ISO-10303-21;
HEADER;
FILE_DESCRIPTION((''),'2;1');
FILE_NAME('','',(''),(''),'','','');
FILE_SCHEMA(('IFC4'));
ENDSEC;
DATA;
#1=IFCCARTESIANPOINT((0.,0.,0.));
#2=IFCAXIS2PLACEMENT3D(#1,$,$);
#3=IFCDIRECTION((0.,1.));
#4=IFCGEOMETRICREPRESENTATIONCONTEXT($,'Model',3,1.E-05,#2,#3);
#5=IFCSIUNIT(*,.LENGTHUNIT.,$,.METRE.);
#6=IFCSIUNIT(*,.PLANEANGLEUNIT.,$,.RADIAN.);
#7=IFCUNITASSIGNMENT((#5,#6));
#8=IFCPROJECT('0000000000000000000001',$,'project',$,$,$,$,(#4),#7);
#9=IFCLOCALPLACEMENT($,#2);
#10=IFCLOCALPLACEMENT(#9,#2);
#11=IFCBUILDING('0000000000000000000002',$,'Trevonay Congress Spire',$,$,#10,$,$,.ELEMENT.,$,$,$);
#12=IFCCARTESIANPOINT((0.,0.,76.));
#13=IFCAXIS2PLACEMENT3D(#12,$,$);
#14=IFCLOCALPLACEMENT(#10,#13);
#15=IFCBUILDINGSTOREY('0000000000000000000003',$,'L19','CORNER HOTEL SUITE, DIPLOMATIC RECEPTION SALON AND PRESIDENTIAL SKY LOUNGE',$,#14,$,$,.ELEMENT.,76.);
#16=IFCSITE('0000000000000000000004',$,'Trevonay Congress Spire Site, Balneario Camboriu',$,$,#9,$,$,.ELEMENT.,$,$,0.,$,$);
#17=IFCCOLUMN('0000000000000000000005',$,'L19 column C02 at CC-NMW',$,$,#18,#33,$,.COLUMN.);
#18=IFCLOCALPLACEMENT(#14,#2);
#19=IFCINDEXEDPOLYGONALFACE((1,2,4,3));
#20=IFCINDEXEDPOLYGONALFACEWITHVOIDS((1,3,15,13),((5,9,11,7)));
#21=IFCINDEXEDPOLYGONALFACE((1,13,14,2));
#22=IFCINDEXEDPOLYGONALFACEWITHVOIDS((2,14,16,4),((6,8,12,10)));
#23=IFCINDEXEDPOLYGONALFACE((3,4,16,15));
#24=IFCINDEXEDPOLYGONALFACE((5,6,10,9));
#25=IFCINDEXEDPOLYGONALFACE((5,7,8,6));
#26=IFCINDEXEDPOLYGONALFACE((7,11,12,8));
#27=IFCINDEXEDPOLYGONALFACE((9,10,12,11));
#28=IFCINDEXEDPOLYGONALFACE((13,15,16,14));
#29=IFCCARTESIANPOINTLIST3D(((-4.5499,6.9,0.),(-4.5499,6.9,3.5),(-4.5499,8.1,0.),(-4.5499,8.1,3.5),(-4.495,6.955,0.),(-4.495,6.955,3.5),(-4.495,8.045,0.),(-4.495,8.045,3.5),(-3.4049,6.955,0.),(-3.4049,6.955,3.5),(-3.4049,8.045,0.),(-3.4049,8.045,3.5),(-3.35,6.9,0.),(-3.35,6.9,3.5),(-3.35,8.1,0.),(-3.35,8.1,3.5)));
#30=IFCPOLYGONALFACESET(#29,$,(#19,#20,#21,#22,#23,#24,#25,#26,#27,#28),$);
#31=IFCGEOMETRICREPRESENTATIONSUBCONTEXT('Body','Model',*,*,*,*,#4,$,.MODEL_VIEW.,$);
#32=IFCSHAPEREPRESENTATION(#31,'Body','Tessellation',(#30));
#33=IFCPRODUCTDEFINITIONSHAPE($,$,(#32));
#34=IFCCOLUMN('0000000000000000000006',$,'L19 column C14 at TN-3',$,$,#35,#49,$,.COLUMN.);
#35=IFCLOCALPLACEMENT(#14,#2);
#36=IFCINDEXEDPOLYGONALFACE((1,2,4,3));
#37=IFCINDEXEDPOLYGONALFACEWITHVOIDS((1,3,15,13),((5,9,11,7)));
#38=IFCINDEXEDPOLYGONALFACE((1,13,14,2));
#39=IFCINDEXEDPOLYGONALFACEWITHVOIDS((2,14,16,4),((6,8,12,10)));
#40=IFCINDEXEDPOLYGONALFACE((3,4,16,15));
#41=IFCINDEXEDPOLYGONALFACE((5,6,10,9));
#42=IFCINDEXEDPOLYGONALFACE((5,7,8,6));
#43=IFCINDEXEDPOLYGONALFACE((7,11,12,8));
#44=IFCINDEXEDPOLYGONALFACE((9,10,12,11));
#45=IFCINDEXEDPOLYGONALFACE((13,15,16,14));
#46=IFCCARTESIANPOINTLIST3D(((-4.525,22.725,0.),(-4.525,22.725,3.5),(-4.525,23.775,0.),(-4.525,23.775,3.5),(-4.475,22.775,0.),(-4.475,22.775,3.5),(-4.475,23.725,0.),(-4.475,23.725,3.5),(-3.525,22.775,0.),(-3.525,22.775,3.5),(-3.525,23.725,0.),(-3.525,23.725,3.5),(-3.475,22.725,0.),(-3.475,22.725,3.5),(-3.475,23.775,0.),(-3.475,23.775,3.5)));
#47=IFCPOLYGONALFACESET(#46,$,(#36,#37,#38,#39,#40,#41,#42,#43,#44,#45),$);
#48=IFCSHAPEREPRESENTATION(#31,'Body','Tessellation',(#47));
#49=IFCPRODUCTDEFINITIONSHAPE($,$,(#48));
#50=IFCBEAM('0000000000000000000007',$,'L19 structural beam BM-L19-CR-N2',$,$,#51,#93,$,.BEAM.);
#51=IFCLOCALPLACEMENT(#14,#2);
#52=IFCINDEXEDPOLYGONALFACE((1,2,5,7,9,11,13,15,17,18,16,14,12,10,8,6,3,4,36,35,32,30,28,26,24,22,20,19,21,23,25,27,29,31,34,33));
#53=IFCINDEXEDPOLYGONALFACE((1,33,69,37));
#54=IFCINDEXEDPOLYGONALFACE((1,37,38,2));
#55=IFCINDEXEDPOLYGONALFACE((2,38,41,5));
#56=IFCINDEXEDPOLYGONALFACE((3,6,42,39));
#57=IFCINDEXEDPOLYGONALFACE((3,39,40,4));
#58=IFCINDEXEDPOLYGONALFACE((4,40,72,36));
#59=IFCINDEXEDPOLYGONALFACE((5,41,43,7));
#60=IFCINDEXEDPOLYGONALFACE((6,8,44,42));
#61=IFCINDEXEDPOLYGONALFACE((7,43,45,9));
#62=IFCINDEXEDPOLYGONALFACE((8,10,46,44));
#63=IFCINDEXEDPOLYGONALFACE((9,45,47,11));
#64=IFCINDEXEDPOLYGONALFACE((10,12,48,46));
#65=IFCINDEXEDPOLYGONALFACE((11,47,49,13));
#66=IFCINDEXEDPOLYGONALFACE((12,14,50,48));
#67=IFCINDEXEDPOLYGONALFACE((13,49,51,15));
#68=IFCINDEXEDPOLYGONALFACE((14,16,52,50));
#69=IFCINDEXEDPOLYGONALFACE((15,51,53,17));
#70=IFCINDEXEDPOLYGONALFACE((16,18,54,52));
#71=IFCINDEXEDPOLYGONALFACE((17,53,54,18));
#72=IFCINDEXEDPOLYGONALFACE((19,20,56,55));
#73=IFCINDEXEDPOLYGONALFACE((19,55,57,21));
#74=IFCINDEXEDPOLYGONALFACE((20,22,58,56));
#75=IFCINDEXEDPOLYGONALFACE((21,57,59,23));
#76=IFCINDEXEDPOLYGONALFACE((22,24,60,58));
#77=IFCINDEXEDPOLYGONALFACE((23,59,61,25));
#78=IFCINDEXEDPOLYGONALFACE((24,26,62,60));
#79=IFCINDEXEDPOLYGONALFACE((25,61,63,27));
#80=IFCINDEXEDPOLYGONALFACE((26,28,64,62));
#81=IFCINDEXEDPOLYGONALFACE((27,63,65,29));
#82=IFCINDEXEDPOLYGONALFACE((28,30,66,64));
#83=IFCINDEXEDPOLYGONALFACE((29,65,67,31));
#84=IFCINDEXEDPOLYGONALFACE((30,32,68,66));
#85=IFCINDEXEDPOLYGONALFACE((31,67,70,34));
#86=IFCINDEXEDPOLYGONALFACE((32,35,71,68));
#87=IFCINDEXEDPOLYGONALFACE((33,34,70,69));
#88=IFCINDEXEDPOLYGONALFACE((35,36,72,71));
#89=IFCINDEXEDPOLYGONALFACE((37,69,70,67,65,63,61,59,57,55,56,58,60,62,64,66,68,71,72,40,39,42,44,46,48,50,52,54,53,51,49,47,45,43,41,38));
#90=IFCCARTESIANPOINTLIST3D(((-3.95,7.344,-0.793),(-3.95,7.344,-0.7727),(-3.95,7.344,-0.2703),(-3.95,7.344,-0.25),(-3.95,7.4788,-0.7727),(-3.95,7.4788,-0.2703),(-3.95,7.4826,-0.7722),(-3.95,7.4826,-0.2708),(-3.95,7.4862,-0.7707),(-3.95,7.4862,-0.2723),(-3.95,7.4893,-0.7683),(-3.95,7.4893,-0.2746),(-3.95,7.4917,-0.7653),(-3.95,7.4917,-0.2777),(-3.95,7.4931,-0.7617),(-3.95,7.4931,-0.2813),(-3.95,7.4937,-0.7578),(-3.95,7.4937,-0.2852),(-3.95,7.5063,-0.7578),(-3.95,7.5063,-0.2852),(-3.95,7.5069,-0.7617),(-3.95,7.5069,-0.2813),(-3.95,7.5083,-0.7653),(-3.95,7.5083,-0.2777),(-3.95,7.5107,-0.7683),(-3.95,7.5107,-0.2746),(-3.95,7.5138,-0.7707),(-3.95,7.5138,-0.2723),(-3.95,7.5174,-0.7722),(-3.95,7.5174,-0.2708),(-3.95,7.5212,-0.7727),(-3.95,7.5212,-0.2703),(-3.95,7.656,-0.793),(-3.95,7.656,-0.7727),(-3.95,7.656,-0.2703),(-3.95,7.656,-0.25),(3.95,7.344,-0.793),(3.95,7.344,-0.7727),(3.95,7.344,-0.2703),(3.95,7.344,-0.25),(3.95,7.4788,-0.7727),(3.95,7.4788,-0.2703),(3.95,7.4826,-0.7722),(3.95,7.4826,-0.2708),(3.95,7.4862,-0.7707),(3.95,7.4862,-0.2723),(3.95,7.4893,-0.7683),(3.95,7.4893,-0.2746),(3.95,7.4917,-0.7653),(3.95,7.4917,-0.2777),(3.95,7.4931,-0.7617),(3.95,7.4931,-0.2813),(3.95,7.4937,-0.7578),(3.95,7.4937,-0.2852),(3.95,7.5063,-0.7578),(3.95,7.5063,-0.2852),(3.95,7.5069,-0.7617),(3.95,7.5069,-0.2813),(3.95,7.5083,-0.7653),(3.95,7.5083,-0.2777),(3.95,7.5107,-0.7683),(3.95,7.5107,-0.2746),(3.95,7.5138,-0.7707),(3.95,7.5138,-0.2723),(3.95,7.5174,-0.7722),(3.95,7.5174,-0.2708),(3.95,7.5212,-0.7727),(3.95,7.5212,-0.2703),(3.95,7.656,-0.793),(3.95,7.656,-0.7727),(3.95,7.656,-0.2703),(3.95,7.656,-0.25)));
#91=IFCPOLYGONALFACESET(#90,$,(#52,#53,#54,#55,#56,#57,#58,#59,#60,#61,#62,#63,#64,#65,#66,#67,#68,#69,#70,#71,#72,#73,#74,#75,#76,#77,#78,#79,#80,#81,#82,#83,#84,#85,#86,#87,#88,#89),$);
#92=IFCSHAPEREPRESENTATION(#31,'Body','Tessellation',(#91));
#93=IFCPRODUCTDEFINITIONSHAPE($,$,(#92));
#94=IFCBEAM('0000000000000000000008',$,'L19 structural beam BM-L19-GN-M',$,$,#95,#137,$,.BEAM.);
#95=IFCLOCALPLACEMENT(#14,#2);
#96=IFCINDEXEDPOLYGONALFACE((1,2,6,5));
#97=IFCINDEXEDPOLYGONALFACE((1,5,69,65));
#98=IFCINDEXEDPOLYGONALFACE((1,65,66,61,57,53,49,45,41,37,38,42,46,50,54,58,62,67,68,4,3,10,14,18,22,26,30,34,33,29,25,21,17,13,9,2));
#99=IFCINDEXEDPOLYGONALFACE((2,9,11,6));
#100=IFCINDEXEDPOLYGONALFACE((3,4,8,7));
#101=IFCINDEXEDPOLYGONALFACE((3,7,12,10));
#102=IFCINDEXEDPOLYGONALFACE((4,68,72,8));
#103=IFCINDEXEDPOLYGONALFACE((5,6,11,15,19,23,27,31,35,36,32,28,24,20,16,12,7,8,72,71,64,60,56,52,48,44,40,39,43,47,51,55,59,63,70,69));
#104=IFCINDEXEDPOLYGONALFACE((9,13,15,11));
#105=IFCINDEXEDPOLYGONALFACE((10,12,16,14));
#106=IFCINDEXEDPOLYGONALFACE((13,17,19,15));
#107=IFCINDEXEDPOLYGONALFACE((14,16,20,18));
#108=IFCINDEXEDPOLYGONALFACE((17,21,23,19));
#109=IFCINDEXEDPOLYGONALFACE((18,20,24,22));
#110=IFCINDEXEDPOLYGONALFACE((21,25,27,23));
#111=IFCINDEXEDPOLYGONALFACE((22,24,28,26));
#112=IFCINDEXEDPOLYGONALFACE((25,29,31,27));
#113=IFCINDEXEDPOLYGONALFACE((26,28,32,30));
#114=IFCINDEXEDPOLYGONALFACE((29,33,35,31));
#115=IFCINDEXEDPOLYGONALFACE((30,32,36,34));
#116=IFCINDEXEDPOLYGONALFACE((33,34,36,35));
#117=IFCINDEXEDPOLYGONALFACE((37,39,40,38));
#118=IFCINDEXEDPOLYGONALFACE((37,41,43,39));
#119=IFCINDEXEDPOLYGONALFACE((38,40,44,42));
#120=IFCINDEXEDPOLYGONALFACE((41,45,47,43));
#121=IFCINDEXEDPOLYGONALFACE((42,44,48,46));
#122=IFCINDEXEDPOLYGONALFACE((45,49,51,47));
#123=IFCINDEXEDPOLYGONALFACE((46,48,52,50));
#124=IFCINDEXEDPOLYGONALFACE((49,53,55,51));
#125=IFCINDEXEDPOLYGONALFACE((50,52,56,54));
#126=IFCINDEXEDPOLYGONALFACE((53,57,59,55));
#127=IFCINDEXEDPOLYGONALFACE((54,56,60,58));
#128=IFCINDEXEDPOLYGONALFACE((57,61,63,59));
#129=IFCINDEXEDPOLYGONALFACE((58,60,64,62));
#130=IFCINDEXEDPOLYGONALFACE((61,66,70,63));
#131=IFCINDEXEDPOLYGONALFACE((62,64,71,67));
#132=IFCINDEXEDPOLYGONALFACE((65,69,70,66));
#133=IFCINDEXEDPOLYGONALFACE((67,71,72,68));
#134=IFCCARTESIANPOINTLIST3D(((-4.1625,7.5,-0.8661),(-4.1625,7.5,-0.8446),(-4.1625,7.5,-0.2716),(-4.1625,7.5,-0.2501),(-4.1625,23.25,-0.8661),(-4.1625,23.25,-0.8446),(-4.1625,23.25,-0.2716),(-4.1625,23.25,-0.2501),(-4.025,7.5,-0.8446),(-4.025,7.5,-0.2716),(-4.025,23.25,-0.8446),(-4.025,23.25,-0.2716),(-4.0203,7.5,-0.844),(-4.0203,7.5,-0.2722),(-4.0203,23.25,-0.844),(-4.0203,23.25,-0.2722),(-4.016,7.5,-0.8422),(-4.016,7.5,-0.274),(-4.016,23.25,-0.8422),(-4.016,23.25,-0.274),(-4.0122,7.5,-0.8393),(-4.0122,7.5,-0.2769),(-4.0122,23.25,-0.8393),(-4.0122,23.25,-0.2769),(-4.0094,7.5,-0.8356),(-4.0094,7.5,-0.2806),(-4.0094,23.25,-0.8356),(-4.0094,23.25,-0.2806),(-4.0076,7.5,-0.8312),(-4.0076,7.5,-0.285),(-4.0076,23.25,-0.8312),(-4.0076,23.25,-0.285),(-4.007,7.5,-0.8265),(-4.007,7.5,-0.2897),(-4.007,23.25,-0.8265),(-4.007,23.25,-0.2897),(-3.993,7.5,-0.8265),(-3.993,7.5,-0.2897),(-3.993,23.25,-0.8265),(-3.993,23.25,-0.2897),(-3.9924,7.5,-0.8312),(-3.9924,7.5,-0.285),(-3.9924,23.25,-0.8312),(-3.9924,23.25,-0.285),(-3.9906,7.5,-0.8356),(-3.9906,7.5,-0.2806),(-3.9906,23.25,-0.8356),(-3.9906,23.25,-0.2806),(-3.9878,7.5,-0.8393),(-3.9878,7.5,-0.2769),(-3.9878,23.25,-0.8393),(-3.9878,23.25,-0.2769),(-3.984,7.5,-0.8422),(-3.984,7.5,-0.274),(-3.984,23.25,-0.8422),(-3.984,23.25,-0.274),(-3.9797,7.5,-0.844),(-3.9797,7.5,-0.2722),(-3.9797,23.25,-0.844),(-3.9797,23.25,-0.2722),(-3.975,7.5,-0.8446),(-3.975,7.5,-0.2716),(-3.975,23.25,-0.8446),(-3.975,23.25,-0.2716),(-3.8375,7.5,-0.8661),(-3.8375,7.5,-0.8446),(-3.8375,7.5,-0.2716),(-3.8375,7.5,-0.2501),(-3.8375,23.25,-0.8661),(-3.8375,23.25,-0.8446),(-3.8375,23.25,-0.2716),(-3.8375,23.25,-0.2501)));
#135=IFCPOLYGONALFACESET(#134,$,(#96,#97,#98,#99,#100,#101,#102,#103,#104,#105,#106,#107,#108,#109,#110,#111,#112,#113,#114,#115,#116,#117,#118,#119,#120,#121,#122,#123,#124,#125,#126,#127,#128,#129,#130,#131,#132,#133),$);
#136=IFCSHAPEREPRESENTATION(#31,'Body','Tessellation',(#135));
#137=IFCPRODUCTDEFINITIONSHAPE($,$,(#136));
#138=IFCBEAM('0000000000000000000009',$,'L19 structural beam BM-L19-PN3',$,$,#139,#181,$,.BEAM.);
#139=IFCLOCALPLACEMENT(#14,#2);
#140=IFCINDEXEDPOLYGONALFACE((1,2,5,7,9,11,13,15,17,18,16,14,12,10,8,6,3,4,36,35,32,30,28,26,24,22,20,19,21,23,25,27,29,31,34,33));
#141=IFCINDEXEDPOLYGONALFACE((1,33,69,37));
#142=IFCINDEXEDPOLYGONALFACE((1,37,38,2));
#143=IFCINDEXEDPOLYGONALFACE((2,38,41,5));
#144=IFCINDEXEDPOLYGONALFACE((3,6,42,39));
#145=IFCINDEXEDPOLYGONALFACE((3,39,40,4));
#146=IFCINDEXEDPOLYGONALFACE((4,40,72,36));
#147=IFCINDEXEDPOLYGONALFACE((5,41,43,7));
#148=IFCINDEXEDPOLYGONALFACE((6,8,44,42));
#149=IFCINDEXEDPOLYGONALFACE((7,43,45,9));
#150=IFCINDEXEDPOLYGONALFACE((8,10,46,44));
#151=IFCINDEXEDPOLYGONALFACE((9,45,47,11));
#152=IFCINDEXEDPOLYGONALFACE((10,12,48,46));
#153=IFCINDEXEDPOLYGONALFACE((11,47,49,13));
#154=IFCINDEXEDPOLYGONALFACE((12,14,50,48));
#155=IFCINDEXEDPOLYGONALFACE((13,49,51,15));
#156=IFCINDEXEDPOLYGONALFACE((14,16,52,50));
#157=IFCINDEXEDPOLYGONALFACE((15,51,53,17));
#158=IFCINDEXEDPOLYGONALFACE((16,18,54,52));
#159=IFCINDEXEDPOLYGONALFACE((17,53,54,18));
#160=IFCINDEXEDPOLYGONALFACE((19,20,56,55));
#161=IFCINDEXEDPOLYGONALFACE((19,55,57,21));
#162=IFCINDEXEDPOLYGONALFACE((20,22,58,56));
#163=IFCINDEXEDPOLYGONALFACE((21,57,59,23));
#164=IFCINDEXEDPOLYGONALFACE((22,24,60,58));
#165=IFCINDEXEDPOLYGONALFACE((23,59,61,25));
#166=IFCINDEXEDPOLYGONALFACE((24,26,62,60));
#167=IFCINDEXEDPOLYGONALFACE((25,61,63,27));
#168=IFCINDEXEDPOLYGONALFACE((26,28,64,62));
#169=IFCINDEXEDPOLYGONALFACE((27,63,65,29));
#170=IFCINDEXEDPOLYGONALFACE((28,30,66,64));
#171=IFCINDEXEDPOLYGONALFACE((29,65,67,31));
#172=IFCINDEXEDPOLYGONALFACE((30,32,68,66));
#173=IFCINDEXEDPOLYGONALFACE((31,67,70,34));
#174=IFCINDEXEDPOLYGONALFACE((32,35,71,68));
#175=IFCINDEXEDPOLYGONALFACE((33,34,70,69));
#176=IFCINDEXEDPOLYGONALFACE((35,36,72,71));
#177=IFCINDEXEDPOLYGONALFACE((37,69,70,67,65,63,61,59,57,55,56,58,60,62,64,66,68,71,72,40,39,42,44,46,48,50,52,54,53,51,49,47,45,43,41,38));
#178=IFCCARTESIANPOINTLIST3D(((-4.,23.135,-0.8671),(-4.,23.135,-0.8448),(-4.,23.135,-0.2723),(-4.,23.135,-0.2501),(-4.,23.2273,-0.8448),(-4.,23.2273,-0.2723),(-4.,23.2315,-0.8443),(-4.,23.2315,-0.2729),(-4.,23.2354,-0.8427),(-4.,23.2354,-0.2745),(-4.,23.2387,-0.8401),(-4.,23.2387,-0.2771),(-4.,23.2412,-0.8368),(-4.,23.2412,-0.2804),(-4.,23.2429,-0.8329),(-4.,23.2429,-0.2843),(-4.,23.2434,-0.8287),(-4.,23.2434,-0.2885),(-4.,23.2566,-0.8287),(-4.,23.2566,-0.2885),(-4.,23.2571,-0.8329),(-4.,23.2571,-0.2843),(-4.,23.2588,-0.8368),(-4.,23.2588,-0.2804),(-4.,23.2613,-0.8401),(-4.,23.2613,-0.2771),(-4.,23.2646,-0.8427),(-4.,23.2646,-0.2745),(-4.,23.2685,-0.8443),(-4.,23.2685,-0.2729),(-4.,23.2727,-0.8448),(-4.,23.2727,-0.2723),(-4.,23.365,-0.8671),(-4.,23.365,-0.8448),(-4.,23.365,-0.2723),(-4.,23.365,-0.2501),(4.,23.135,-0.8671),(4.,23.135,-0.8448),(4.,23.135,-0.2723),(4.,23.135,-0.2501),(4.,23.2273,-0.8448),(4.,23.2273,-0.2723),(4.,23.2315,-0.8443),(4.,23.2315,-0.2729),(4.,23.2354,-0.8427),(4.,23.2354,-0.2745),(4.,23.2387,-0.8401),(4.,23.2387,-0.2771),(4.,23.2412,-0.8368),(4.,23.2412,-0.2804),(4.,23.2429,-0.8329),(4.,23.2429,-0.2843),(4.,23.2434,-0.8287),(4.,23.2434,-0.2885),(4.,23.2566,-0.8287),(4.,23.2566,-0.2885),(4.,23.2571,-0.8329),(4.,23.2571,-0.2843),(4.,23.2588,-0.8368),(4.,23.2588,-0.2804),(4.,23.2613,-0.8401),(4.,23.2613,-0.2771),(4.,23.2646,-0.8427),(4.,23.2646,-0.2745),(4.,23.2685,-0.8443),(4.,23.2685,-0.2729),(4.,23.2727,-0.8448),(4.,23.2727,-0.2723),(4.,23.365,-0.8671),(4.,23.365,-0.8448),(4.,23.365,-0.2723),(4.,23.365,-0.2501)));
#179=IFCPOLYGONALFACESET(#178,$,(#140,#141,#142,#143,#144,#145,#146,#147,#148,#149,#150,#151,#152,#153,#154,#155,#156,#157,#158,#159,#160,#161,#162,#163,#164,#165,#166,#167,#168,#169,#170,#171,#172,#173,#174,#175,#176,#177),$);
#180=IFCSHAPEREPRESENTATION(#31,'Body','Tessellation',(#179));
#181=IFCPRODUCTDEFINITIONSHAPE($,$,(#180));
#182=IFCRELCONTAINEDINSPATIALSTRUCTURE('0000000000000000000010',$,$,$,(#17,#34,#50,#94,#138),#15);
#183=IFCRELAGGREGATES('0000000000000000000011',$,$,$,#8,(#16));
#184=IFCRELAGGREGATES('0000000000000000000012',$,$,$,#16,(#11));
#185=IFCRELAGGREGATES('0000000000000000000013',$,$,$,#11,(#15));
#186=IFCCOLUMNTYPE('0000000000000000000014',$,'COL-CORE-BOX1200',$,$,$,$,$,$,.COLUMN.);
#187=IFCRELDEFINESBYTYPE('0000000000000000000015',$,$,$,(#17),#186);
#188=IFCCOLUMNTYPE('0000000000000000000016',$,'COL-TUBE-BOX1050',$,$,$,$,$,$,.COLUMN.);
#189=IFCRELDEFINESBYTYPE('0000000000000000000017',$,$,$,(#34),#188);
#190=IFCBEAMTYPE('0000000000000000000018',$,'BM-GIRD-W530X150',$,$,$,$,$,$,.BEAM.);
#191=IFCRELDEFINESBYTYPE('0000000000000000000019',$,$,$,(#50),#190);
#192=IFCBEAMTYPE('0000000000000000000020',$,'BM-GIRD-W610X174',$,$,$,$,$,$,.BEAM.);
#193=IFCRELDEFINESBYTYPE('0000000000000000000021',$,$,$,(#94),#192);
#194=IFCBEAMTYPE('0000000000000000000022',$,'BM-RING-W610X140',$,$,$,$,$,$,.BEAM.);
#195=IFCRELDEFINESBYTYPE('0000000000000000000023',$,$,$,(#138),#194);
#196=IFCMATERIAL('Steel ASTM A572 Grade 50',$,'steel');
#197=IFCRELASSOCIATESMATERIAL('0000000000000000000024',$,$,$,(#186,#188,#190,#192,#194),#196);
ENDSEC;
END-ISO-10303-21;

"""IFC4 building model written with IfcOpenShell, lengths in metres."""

from ifc_helpers import new_model, si_unit, direction, frame, origin, origin_2d, place, context, subcontext, project, spatial, hollow_rectangle, i_section, extrude, material, material_profile, profile_set, type_object, element, save


model = new_model("IFC4")

# Units and contexts
model_context = context("Model", 3, precision=1e-05, world=origin(), true_north=direction((0.0, 1.0)))
body_context = subcontext(model_context, "Body", "Model", "MODEL_VIEW")
ifc_project = project(units=[si_unit("LENGTHUNIT", "METRE"), si_unit("PLANEANGLEUNIT", "RADIAN")], contexts=[model_context])

# Site, building, storey
site_placement = place(None, origin())
site = spatial("IfcSite", under=ifc_project, at=site_placement, Name="Trevonay Congress Spire Site, Balneario Camboriu", CompositionType="ELEMENT", RefElevation=0.0)
building_placement = place(site_placement, origin())
building = spatial("IfcBuilding", under=site, at=building_placement, Name="Trevonay Congress Spire", CompositionType="ELEMENT")
storey_placement = place(building_placement, frame((0.0, 0.0, 76.0)))
storey = spatial("IfcBuildingStorey", under=building, at=storey_placement, Name="L19", Description="CORNER HOTEL SUITE, DIPLOMATIC RECEPTION SALON AND PRESIDENTIAL SKY LOUNGE", CompositionType="ELEMENT", Elevation=76.0)

# Columns
ifc_material_1 = material(Name="Steel ASTM A572 Grade 50", Category="steel")
ifc_material_profile_1 = material_profile(ifc_material_1, hollow_rectangle(XDim=1.2, YDim=1.2, WallThickness=0.0549, at=origin_2d()), Name="BOX 1200x1200x55")
ifc_profile_set_1 = profile_set([ifc_material_profile_1], Name="Steel ASTM A572 Grade 50")
column_type_1 = type_object("IfcColumnType", Name="COL-CORE-BOX1200", PredefinedType="COLUMN", material=ifc_profile_set_1)
column_1_placement = place(storey_placement, frame((-3.95, 7.5, 0.0), z_axis=(0.0, 0.0, 1.0), x_axis=(1.0, 0.0, 0.0)))
element("IfcColumn", 1, at=column_1_placement, inside=storey, type_object=column_type_1, Name="L19 column C02 at CC-NMW", PredefinedType="COLUMN", context=body_context, shape_type="SweptSolid", body=[
    extrude(hollow_rectangle(XDim=1.2, YDim=1.2, WallThickness=0.0549, at=origin_2d()), origin(), (0.0, 0.0, 1.0), 3.5),
])
ifc_material_profile_2 = material_profile(ifc_material_1, hollow_rectangle(XDim=1.05, YDim=1.05, WallThickness=0.05, at=origin_2d()), Name="BOX 1050x1050x50")
ifc_profile_set_2 = profile_set([ifc_material_profile_2], Name="Steel ASTM A572 Grade 50")
column_type_2 = type_object("IfcColumnType", Name="COL-TUBE-BOX1050", PredefinedType="COLUMN", material=ifc_profile_set_2)
column_2_placement = place(storey_placement, frame((-4.0, 23.25, 0.0), z_axis=(0.0, 0.0, 1.0), x_axis=(1.0, 0.0, 0.0)))
element("IfcColumn", 2, at=column_2_placement, inside=storey, type_object=column_type_2, Name="L19 column C14 at TN-3", PredefinedType="COLUMN", context=body_context, shape_type="SweptSolid", body=[
    extrude(hollow_rectangle(XDim=1.05, YDim=1.05, WallThickness=0.05, at=origin_2d()), origin(), (0.0, 0.0, 1.0), 3.5),
])

# Beams
ifc_material_profile_3 = material_profile(ifc_material_1, i_section(OverallWidth=0.312, OverallDepth=0.543, WebThickness=0.0127, FlangeThickness=0.0203, FilletRadius=0.0149, at=origin_2d()), Name="W530x150")
ifc_profile_set_3 = profile_set([ifc_material_profile_3], Name="Steel ASTM A572 Grade 50")
beam_type_1 = type_object("IfcBeamType", Name="BM-GIRD-W530X150", PredefinedType="BEAM", material=ifc_profile_set_3)
beam_1_placement = place(storey_placement, frame((-3.95, 7.5, -0.5215), z_axis=(1.0, 0.0, 0.0), x_axis=(0.0, 1.0, 0.0)))
element("IfcBeam", 3, at=beam_1_placement, inside=storey, type_object=beam_type_1, Name="L19 structural beam BM-L19-CR-N2", PredefinedType="BEAM", context=body_context, shape_type="SweptSolid", body=[
    extrude(i_section(OverallWidth=0.312, OverallDepth=0.543, WebThickness=0.0127, FlangeThickness=0.0203, FilletRadius=0.0149, at=origin_2d()), origin(), (0.0, 0.0, 1.0), 7.8999),
])
ifc_material_profile_4 = material_profile(ifc_material_1, i_section(OverallWidth=0.325, OverallDepth=0.616, WebThickness=0.0139, FlangeThickness=0.0215, FilletRadius=0.0181, at=origin_2d()), Name="W610x174")
ifc_profile_set_4 = profile_set([ifc_material_profile_4], Name="Steel ASTM A572 Grade 50")
beam_type_2 = type_object("IfcBeamType", Name="BM-GIRD-W610X174", PredefinedType="BEAM", material=ifc_profile_set_4)
beam_2_placement = place(storey_placement, frame((-4.0, 7.5, -0.5581), z_axis=(0.0, 1.0, 0.0), x_axis=(-1.0, 0.0, 0.0)))
element("IfcBeam", 4, at=beam_2_placement, inside=storey, type_object=beam_type_2, Name="L19 structural beam BM-L19-GN-M", PredefinedType="BEAM", context=body_context, shape_type="SweptSolid", body=[
    extrude(i_section(OverallWidth=0.325, OverallDepth=0.616, WebThickness=0.0139, FlangeThickness=0.0215, FilletRadius=0.0181, at=origin_2d()), origin(), (0.0, 0.0, 1.0), 15.75),
])
ifc_material_profile_5 = material_profile(ifc_material_1, i_section(OverallWidth=0.23, OverallDepth=0.6169, WebThickness=0.0132, FlangeThickness=0.0222, FilletRadius=0.0161, at=origin_2d()), Name="W610x140")
ifc_profile_set_5 = profile_set([ifc_material_profile_5], Name="Steel ASTM A572 Grade 50")
beam_type_3 = type_object("IfcBeamType", Name="BM-RING-W610X140", PredefinedType="BEAM", material=ifc_profile_set_5)
beam_3_placement = place(storey_placement, frame((-4.0, 23.25, -0.5586), z_axis=(1.0, 0.0, 0.0), x_axis=(0.0, 1.0, 0.0)))
element("IfcBeam", 5, at=beam_3_placement, inside=storey, type_object=beam_type_3, Name="L19 structural beam BM-L19-PN3", PredefinedType="BEAM", context=body_context, shape_type="SweptSolid", body=[
    extrude(i_section(OverallWidth=0.23, OverallDepth=0.6169, WebThickness=0.0132, FlangeThickness=0.0222, FilletRadius=0.0161, at=origin_2d()), origin(), (0.0, 0.0, 1.0), 8.0),
])

save(model, "model.ifc")
